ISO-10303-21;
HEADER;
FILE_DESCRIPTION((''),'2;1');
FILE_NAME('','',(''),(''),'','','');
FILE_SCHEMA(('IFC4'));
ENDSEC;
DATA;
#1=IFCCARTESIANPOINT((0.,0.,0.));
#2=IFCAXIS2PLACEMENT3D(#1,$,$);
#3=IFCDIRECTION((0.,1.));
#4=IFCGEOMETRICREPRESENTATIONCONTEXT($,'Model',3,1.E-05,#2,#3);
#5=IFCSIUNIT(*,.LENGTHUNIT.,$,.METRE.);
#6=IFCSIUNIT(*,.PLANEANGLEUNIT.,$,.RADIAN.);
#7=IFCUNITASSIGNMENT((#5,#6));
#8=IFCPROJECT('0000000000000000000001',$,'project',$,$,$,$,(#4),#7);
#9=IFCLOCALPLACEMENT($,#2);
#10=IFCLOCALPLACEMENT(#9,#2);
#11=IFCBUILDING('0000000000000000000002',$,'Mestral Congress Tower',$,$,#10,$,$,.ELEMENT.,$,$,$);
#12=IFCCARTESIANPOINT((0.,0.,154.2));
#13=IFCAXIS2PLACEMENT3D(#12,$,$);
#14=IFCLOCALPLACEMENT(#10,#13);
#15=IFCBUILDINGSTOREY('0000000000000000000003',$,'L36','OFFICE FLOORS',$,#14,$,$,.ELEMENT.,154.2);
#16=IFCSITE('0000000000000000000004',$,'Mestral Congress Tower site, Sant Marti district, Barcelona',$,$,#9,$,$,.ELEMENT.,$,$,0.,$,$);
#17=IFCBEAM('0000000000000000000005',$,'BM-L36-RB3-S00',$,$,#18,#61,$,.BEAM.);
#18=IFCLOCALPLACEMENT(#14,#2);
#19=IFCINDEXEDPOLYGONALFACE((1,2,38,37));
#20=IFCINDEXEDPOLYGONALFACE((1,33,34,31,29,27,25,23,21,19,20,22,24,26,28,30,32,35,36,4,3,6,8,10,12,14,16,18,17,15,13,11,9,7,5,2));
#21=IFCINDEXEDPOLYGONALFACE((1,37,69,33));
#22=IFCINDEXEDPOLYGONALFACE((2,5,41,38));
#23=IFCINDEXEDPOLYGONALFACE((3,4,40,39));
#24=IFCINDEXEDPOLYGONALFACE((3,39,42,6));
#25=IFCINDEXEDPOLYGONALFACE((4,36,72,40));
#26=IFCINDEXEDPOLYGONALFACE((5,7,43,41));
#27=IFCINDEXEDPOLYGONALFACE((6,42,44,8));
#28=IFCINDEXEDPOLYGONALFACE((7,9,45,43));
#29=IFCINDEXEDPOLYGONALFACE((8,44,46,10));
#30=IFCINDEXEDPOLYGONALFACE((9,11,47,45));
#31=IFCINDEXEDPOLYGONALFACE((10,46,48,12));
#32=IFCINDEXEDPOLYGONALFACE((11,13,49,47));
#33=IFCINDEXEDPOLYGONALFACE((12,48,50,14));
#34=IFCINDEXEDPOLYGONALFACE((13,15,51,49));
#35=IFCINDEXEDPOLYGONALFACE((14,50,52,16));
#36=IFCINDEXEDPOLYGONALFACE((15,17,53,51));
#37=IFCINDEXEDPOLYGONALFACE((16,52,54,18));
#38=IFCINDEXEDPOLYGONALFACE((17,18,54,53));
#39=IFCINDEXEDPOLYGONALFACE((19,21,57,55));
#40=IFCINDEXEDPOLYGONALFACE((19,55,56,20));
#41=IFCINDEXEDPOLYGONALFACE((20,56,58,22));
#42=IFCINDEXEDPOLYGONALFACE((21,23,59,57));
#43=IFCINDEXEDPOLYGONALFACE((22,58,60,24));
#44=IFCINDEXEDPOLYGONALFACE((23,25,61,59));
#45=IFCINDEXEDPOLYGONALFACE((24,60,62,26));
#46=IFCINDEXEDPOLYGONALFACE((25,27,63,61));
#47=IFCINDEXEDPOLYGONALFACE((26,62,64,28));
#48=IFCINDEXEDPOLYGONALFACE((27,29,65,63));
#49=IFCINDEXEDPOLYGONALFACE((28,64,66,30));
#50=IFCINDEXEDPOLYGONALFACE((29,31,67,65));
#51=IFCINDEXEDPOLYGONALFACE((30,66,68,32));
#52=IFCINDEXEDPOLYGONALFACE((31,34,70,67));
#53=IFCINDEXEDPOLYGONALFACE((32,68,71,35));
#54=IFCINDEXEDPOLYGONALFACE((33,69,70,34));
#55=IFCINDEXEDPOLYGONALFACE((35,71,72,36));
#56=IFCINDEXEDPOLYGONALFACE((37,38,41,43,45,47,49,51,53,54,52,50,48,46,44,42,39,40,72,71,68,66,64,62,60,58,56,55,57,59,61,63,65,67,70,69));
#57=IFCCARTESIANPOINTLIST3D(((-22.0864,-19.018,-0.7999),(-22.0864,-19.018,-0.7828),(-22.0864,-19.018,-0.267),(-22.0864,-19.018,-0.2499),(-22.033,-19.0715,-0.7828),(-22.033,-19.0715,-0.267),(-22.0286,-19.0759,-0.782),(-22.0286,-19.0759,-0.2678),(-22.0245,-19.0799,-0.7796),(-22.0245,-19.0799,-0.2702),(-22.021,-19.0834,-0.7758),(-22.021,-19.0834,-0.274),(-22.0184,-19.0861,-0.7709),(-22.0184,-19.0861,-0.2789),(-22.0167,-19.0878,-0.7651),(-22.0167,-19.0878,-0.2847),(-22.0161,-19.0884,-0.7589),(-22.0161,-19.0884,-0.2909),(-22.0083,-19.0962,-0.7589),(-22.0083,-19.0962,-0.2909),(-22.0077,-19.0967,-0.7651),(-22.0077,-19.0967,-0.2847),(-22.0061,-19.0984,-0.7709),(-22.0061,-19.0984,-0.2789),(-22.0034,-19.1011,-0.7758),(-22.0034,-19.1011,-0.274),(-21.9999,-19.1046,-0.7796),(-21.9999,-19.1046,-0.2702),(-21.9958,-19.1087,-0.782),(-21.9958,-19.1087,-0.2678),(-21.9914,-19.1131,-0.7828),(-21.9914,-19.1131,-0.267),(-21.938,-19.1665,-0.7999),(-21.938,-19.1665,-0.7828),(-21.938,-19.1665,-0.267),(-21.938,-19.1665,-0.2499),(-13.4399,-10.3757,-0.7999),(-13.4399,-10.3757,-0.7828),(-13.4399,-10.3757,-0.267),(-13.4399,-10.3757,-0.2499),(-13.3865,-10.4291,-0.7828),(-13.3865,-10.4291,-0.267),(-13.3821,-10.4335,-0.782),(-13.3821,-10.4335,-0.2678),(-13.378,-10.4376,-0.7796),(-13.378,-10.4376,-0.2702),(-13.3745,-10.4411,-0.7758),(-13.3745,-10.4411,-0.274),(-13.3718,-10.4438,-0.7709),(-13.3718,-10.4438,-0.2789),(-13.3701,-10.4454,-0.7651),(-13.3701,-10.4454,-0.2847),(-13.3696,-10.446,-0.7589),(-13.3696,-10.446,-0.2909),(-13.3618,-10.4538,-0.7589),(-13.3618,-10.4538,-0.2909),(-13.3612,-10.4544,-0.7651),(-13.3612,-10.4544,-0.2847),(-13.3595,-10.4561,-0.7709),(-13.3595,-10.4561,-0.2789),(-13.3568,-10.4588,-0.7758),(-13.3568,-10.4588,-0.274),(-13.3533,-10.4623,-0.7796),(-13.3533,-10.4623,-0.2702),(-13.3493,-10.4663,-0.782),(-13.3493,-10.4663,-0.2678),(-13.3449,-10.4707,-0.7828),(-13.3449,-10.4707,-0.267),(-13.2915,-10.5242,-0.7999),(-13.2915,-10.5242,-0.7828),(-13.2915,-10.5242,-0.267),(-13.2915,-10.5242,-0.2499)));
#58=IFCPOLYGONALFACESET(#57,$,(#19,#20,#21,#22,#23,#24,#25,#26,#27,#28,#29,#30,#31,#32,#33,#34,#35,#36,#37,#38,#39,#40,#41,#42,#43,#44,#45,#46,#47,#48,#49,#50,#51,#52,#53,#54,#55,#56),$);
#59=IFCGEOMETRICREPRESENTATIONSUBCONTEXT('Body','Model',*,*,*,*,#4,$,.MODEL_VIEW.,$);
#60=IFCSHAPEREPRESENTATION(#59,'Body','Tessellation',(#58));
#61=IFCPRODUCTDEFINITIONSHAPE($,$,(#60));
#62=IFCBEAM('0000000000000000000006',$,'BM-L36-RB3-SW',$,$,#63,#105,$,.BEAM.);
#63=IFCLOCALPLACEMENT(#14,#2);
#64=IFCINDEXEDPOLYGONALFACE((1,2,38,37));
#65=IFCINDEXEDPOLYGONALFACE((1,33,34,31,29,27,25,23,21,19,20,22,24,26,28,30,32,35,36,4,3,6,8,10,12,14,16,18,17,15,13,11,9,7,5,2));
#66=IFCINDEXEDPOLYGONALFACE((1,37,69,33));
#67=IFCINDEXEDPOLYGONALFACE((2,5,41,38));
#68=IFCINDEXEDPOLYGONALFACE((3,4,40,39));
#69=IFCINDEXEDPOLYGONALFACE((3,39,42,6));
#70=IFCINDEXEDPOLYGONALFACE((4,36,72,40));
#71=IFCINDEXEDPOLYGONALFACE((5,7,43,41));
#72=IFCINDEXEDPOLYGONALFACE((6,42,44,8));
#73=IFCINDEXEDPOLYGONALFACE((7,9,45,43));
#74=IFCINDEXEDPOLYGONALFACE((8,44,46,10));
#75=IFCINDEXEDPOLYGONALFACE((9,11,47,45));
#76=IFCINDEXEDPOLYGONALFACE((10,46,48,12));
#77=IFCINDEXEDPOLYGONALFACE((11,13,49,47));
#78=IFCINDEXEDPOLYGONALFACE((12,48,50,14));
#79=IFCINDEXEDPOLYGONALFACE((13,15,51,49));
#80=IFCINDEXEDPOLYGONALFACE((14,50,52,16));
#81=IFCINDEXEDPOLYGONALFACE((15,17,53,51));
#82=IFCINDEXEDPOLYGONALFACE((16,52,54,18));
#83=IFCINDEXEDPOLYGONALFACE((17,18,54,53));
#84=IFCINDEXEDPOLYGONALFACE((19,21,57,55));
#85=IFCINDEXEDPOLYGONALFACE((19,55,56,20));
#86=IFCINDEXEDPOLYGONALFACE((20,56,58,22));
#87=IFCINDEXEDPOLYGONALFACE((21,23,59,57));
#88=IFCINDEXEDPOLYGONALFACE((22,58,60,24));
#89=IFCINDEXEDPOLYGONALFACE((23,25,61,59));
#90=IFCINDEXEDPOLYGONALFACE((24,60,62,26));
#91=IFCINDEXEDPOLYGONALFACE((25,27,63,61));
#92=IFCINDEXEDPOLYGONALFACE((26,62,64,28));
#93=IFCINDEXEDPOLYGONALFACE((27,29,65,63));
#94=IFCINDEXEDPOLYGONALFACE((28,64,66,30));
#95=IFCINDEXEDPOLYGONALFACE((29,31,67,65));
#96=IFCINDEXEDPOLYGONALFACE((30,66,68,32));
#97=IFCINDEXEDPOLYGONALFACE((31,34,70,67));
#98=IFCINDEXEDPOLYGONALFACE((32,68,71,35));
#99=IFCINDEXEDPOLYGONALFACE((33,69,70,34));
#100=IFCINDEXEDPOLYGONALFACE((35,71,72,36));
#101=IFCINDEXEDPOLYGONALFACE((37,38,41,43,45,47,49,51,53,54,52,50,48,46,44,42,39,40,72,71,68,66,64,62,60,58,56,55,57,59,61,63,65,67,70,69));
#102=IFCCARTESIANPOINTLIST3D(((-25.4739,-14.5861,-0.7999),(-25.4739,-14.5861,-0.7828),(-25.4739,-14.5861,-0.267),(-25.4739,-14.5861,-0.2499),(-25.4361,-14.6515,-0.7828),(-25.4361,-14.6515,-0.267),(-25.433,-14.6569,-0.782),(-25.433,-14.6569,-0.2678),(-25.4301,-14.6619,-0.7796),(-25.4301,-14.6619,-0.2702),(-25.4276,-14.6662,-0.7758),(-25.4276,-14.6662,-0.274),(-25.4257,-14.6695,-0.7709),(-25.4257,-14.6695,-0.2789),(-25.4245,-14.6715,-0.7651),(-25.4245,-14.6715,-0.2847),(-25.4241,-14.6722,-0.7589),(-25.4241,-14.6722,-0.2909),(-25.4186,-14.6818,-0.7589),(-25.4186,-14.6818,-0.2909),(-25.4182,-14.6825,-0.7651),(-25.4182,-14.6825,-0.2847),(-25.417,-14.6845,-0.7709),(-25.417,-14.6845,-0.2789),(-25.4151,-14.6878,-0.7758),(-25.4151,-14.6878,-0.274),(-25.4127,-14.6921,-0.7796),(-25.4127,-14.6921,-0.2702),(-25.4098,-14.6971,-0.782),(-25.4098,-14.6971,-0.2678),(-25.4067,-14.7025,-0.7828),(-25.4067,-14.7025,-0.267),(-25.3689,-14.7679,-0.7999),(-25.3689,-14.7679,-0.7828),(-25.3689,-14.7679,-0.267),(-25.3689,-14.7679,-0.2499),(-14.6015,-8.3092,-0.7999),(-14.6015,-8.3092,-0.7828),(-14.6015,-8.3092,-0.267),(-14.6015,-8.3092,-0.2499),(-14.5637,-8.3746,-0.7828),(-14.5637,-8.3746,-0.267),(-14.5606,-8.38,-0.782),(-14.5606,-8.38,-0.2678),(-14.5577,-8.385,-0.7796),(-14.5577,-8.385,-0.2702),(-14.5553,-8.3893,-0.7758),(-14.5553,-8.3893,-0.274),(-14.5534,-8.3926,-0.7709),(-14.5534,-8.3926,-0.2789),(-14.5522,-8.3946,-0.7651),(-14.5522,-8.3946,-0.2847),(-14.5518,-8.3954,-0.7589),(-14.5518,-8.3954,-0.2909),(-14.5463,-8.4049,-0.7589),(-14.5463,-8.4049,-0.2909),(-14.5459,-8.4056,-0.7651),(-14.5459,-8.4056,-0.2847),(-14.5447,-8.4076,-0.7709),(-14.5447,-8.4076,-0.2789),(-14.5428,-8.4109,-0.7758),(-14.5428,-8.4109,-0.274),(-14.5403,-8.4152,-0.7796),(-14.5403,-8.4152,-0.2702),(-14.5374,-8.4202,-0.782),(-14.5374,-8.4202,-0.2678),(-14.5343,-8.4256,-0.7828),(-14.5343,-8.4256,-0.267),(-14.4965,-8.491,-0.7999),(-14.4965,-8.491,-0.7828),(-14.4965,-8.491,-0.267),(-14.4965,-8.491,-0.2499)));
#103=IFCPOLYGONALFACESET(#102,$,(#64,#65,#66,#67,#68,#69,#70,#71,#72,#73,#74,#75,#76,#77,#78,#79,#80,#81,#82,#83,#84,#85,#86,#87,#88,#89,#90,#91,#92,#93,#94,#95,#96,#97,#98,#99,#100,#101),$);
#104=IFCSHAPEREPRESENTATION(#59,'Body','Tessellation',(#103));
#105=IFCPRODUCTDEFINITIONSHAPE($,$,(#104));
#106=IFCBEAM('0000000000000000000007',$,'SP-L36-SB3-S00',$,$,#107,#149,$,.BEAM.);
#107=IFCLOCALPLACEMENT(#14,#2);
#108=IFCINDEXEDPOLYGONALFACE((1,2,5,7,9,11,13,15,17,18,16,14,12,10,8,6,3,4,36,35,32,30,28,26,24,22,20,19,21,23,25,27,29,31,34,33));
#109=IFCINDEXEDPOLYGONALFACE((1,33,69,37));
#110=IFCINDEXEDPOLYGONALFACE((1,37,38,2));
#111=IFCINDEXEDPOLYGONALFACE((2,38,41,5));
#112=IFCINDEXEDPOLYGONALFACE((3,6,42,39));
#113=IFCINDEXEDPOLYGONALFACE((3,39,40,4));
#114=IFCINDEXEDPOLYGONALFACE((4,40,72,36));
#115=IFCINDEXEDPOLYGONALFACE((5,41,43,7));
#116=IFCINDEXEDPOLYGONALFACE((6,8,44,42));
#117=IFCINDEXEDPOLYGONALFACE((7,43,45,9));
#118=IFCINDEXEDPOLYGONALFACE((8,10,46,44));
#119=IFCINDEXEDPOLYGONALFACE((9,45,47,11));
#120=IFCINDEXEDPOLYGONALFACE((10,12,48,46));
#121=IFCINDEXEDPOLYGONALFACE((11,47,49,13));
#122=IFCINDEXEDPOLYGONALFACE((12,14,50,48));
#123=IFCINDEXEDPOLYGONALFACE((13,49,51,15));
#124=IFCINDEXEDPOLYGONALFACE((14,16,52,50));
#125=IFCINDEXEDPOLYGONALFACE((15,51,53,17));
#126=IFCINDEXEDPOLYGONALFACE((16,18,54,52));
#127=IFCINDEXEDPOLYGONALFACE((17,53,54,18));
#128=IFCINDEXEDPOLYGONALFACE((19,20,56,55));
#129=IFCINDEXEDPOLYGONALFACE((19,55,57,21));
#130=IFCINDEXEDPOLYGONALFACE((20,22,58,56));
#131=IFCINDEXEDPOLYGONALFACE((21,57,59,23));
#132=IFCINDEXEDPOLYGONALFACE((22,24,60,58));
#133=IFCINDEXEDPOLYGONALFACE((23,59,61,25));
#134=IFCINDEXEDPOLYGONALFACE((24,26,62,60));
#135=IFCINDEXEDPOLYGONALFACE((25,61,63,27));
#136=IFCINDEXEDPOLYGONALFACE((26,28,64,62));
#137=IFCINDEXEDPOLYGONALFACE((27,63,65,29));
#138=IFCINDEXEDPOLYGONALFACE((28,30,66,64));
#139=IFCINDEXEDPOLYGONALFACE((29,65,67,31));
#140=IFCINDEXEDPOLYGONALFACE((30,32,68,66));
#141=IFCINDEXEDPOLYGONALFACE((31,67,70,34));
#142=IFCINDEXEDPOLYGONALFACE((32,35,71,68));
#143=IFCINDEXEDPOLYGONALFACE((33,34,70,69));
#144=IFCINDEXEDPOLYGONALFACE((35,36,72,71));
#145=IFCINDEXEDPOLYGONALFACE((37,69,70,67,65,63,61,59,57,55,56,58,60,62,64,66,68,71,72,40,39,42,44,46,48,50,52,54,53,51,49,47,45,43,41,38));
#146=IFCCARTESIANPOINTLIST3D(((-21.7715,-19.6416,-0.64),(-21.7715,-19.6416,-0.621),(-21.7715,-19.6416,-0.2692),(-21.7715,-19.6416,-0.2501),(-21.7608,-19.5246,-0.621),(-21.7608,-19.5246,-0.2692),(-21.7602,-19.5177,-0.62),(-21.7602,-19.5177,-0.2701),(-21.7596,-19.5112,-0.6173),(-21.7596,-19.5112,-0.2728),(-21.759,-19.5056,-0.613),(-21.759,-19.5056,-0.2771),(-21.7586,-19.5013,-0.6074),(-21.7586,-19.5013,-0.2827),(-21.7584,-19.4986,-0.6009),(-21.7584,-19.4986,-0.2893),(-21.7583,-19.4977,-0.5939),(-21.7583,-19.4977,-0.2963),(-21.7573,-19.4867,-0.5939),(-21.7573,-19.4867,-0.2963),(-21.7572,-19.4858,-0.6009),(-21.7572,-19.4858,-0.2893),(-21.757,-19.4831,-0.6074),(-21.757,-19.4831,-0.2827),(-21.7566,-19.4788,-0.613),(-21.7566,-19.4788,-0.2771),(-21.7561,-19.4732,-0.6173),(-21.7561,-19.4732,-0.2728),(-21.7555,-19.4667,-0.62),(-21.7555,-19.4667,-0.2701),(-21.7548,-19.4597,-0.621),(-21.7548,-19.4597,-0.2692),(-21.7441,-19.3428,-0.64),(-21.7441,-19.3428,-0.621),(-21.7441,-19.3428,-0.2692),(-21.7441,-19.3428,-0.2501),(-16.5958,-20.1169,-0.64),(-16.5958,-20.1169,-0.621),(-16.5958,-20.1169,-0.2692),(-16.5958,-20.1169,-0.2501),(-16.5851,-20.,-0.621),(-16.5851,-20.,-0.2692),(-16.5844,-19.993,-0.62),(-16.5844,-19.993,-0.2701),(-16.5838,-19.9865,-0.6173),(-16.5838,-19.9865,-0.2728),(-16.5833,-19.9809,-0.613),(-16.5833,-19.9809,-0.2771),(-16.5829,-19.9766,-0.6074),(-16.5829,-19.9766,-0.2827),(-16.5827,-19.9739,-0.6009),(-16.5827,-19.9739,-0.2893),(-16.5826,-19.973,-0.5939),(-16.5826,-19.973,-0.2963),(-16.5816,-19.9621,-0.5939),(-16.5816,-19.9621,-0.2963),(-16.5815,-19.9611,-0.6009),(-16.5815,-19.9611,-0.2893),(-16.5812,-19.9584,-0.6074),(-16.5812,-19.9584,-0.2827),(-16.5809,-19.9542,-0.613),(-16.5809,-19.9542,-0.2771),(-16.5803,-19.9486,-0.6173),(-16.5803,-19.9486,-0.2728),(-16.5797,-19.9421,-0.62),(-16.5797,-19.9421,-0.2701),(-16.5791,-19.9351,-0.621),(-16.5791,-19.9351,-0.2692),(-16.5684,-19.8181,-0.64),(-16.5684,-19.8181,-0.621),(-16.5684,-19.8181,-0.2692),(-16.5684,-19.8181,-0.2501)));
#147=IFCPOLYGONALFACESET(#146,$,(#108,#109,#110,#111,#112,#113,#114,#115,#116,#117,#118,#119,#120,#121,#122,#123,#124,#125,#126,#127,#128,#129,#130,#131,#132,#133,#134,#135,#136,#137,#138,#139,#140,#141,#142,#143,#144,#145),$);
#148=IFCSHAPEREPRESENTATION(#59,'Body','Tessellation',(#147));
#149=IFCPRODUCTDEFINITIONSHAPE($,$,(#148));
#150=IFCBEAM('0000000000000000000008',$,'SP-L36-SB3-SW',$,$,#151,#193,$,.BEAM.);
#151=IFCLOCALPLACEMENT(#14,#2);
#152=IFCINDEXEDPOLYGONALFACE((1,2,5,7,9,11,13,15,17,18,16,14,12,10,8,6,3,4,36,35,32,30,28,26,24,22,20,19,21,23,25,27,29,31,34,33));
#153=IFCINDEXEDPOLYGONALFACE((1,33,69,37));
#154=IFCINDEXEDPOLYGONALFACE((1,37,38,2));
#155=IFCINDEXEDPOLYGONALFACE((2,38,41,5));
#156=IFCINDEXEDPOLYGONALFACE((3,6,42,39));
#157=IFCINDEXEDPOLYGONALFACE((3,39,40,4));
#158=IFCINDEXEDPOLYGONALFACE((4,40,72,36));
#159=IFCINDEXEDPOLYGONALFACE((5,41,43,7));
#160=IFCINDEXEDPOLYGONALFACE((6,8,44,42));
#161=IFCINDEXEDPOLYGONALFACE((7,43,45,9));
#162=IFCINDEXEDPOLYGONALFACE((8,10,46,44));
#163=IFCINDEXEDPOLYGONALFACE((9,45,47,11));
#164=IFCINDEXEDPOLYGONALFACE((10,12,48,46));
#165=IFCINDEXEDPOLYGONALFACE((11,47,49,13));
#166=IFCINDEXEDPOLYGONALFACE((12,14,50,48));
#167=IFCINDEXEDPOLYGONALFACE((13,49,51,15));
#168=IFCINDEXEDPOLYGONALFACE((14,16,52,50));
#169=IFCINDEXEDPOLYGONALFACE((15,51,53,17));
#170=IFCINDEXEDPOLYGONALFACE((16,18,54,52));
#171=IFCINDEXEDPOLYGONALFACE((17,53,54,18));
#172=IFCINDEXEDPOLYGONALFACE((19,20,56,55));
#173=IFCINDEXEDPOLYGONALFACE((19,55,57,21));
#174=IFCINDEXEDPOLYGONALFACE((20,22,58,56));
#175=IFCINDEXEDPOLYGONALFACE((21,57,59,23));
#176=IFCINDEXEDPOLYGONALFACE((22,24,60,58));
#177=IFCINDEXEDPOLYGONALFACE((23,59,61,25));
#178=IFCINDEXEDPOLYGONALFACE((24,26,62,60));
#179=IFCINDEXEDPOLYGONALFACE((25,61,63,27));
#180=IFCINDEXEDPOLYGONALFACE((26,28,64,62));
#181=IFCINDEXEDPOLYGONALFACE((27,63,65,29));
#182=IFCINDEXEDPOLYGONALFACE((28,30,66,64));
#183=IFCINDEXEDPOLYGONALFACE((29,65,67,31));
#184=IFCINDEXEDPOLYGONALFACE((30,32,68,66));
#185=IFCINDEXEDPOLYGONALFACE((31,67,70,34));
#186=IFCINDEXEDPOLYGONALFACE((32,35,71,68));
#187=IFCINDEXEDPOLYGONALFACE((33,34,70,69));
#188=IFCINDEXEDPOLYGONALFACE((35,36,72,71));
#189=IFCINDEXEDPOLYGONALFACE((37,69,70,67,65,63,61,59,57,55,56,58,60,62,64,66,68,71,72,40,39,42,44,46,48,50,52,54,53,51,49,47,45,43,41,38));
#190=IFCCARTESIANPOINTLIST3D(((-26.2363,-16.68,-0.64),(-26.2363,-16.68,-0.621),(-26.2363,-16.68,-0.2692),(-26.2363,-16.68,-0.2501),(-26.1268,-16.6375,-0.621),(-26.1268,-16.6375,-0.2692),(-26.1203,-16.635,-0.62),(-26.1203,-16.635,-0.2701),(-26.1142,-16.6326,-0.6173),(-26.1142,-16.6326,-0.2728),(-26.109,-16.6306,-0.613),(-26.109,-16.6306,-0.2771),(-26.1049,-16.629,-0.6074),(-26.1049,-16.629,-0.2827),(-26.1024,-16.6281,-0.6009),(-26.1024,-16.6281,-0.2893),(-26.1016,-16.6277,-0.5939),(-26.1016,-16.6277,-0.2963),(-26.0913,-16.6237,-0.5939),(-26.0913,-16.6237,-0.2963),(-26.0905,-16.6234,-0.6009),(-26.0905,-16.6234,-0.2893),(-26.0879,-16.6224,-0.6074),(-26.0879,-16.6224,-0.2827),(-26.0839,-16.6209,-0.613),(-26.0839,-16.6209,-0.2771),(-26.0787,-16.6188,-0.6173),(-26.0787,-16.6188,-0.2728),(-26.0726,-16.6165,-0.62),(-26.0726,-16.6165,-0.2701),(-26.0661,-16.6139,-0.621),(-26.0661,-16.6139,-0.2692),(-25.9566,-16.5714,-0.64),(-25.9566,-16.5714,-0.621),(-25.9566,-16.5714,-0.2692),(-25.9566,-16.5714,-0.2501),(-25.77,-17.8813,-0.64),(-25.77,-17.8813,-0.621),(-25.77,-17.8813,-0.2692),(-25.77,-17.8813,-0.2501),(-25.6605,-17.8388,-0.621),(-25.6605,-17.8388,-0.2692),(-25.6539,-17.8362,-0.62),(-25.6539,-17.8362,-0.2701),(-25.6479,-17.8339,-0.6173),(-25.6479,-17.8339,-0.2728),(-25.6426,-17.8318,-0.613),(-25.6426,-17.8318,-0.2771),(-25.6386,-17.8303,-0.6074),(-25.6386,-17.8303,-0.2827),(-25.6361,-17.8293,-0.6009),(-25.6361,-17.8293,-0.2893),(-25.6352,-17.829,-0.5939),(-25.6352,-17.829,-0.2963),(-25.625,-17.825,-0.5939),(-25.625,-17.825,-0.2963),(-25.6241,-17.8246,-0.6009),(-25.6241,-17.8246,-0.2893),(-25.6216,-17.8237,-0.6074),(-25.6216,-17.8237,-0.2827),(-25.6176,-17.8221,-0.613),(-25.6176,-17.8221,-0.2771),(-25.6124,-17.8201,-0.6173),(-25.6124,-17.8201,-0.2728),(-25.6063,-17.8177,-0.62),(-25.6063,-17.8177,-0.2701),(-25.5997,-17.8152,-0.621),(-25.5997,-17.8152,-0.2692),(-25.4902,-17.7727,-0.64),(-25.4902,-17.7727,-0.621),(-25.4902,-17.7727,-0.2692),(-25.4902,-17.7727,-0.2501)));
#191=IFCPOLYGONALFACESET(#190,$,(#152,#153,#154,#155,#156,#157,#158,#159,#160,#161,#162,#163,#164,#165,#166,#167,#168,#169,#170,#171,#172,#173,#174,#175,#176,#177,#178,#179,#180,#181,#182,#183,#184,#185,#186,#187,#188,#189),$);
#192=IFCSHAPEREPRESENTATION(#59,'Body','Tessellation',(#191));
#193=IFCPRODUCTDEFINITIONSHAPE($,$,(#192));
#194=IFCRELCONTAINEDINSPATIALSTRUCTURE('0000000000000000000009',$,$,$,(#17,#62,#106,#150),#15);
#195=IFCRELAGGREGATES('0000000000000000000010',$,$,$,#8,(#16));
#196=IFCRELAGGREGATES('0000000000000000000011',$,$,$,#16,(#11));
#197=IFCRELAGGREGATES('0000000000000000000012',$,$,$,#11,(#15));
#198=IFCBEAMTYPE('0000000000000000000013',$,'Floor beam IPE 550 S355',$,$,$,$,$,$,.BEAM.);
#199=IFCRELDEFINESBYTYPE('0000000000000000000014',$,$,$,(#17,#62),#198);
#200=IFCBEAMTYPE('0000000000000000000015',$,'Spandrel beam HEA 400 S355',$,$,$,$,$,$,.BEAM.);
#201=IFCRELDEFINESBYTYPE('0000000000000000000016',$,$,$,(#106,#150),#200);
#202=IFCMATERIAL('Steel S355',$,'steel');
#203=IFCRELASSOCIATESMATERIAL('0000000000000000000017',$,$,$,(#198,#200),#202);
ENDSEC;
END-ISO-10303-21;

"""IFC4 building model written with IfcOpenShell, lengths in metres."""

from ifc_helpers import new_model, si_unit, direction, frame, origin, origin_2d, place, context, subcontext, project, spatial, i_section, extrude, material, material_profile, profile_set, type_object, element, save


model = new_model("IFC4")

# Units and contexts
model_context = context("Model", 3, precision=1e-05, world=origin(), true_north=direction((0.0, 1.0)))
body_context = subcontext(model_context, "Body", "Model", "MODEL_VIEW")
ifc_project = project(units=[si_unit("LENGTHUNIT", "METRE"), si_unit("PLANEANGLEUNIT", "RADIAN")], contexts=[model_context])

# Site, building, storey
site_placement = place(None, origin())
site = spatial("IfcSite", under=ifc_project, at=site_placement, Name="Mestral Congress Tower site, Sant Marti district, Barcelona", CompositionType="ELEMENT", RefElevation=0.0)
building_placement = place(site_placement, origin())
building = spatial("IfcBuilding", under=site, at=building_placement, Name="Mestral Congress Tower", CompositionType="ELEMENT")
storey_placement = place(building_placement, frame((0.0, 0.0, 154.2)))
storey = spatial("IfcBuildingStorey", under=building, at=storey_placement, Name="L36", Description="OFFICE FLOORS", CompositionType="ELEMENT", Elevation=154.2)

# Beams
ifc_material_1 = material(Name="Steel S355", Category="steel")
ifc_material_profile_1 = material_profile(ifc_material_1, i_section(OverallWidth=0.21, OverallDepth=0.55, WebThickness=0.011, FlangeThickness=0.0171, FilletRadius=0.0239, at=origin_2d()), Name="IPE 550")
ifc_profile_set_1 = profile_set([ifc_material_profile_1], Name="Steel S355")
beam_type_1 = type_object("IfcBeamType", Name="Floor beam IPE 550 S355", PredefinedType="BEAM", material=ifc_profile_set_1)
beam_1_placement = place(storey_placement, frame((-22.0122, -19.0923, -0.5249), z_axis=(0.707277, 0.706937, 0.0), x_axis=(-0.706937, 0.707277, 0.0)))
element("IfcBeam", 1, at=beam_1_placement, inside=storey, type_object=beam_type_1, Name="BM-L36-RB3-S00", PredefinedType="BEAM", context=body_context, shape_type="SweptSolid", body=[
    extrude(i_section(OverallWidth=0.21, OverallDepth=0.55, WebThickness=0.011, FlangeThickness=0.0171, FilletRadius=0.0239, at=origin_2d()), origin(), (0.0, 0.0, 1.0), 12.2251),
])
beam_2_placement = place(storey_placement, frame((-25.4214, -14.677, -0.5249), z_axis=(0.866035, 0.499983, 0.0), x_axis=(-0.499983, 0.866035, 0.0)))
element("IfcBeam", 2, at=beam_2_placement, inside=storey, type_object=beam_type_1, Name="BM-L36-RB3-SW", PredefinedType="BEAM", context=body_context, shape_type="SweptSolid", body=[
    extrude(i_section(OverallWidth=0.21, OverallDepth=0.55, WebThickness=0.011, FlangeThickness=0.0171, FilletRadius=0.0239, at=origin_2d()), origin(), (0.0, 0.0, 1.0), 12.5542),
])
ifc_material_profile_2 = material_profile(ifc_material_1, i_section(OverallWidth=0.3, OverallDepth=0.3899, WebThickness=0.011, FlangeThickness=0.019, FilletRadius=0.0271, at=origin_2d()), Name="HEA 400")
ifc_profile_set_2 = profile_set([ifc_material_profile_2], Name="Steel S355")
beam_type_2 = type_object("IfcBeamType", Name="Spandrel beam HEA 400 S355", PredefinedType="BEAM", material=ifc_profile_set_2)
beam_3_placement = place(storey_placement, frame((-21.7578, -19.4922, -0.4451), z_axis=(0.995809, -0.091455, 0.0), x_axis=(0.091455, 0.995809, 0.0)))
element("IfcBeam", 3, at=beam_3_placement, inside=storey, type_object=beam_type_2, Name="SP-L36-SB3-S00", PredefinedType="BEAM", context=body_context, shape_type="SweptSolid", body=[
    extrude(i_section(OverallWidth=0.3, OverallDepth=0.3899, WebThickness=0.011, FlangeThickness=0.019, FilletRadius=0.0271, at=origin_2d()), origin(), (0.0, 0.0, 1.0), 5.1975),
])
beam_4_placement = place(storey_placement, frame((-26.0964, -16.6257, -0.4451), z_axis=(0.361898, -0.932218, 0.0), x_axis=(0.932218, 0.361898, 0.0)))
element("IfcBeam", 4, at=beam_4_placement, inside=storey, type_object=beam_type_2, Name="SP-L36-SB3-SW", PredefinedType="BEAM", context=body_context, shape_type="SweptSolid", body=[
    extrude(i_section(OverallWidth=0.3, OverallDepth=0.3899, WebThickness=0.011, FlangeThickness=0.019, FilletRadius=0.0271, at=origin_2d()), origin(), (0.0, 0.0, 1.0), 1.2886),
])

save(model, "model.ifc")
